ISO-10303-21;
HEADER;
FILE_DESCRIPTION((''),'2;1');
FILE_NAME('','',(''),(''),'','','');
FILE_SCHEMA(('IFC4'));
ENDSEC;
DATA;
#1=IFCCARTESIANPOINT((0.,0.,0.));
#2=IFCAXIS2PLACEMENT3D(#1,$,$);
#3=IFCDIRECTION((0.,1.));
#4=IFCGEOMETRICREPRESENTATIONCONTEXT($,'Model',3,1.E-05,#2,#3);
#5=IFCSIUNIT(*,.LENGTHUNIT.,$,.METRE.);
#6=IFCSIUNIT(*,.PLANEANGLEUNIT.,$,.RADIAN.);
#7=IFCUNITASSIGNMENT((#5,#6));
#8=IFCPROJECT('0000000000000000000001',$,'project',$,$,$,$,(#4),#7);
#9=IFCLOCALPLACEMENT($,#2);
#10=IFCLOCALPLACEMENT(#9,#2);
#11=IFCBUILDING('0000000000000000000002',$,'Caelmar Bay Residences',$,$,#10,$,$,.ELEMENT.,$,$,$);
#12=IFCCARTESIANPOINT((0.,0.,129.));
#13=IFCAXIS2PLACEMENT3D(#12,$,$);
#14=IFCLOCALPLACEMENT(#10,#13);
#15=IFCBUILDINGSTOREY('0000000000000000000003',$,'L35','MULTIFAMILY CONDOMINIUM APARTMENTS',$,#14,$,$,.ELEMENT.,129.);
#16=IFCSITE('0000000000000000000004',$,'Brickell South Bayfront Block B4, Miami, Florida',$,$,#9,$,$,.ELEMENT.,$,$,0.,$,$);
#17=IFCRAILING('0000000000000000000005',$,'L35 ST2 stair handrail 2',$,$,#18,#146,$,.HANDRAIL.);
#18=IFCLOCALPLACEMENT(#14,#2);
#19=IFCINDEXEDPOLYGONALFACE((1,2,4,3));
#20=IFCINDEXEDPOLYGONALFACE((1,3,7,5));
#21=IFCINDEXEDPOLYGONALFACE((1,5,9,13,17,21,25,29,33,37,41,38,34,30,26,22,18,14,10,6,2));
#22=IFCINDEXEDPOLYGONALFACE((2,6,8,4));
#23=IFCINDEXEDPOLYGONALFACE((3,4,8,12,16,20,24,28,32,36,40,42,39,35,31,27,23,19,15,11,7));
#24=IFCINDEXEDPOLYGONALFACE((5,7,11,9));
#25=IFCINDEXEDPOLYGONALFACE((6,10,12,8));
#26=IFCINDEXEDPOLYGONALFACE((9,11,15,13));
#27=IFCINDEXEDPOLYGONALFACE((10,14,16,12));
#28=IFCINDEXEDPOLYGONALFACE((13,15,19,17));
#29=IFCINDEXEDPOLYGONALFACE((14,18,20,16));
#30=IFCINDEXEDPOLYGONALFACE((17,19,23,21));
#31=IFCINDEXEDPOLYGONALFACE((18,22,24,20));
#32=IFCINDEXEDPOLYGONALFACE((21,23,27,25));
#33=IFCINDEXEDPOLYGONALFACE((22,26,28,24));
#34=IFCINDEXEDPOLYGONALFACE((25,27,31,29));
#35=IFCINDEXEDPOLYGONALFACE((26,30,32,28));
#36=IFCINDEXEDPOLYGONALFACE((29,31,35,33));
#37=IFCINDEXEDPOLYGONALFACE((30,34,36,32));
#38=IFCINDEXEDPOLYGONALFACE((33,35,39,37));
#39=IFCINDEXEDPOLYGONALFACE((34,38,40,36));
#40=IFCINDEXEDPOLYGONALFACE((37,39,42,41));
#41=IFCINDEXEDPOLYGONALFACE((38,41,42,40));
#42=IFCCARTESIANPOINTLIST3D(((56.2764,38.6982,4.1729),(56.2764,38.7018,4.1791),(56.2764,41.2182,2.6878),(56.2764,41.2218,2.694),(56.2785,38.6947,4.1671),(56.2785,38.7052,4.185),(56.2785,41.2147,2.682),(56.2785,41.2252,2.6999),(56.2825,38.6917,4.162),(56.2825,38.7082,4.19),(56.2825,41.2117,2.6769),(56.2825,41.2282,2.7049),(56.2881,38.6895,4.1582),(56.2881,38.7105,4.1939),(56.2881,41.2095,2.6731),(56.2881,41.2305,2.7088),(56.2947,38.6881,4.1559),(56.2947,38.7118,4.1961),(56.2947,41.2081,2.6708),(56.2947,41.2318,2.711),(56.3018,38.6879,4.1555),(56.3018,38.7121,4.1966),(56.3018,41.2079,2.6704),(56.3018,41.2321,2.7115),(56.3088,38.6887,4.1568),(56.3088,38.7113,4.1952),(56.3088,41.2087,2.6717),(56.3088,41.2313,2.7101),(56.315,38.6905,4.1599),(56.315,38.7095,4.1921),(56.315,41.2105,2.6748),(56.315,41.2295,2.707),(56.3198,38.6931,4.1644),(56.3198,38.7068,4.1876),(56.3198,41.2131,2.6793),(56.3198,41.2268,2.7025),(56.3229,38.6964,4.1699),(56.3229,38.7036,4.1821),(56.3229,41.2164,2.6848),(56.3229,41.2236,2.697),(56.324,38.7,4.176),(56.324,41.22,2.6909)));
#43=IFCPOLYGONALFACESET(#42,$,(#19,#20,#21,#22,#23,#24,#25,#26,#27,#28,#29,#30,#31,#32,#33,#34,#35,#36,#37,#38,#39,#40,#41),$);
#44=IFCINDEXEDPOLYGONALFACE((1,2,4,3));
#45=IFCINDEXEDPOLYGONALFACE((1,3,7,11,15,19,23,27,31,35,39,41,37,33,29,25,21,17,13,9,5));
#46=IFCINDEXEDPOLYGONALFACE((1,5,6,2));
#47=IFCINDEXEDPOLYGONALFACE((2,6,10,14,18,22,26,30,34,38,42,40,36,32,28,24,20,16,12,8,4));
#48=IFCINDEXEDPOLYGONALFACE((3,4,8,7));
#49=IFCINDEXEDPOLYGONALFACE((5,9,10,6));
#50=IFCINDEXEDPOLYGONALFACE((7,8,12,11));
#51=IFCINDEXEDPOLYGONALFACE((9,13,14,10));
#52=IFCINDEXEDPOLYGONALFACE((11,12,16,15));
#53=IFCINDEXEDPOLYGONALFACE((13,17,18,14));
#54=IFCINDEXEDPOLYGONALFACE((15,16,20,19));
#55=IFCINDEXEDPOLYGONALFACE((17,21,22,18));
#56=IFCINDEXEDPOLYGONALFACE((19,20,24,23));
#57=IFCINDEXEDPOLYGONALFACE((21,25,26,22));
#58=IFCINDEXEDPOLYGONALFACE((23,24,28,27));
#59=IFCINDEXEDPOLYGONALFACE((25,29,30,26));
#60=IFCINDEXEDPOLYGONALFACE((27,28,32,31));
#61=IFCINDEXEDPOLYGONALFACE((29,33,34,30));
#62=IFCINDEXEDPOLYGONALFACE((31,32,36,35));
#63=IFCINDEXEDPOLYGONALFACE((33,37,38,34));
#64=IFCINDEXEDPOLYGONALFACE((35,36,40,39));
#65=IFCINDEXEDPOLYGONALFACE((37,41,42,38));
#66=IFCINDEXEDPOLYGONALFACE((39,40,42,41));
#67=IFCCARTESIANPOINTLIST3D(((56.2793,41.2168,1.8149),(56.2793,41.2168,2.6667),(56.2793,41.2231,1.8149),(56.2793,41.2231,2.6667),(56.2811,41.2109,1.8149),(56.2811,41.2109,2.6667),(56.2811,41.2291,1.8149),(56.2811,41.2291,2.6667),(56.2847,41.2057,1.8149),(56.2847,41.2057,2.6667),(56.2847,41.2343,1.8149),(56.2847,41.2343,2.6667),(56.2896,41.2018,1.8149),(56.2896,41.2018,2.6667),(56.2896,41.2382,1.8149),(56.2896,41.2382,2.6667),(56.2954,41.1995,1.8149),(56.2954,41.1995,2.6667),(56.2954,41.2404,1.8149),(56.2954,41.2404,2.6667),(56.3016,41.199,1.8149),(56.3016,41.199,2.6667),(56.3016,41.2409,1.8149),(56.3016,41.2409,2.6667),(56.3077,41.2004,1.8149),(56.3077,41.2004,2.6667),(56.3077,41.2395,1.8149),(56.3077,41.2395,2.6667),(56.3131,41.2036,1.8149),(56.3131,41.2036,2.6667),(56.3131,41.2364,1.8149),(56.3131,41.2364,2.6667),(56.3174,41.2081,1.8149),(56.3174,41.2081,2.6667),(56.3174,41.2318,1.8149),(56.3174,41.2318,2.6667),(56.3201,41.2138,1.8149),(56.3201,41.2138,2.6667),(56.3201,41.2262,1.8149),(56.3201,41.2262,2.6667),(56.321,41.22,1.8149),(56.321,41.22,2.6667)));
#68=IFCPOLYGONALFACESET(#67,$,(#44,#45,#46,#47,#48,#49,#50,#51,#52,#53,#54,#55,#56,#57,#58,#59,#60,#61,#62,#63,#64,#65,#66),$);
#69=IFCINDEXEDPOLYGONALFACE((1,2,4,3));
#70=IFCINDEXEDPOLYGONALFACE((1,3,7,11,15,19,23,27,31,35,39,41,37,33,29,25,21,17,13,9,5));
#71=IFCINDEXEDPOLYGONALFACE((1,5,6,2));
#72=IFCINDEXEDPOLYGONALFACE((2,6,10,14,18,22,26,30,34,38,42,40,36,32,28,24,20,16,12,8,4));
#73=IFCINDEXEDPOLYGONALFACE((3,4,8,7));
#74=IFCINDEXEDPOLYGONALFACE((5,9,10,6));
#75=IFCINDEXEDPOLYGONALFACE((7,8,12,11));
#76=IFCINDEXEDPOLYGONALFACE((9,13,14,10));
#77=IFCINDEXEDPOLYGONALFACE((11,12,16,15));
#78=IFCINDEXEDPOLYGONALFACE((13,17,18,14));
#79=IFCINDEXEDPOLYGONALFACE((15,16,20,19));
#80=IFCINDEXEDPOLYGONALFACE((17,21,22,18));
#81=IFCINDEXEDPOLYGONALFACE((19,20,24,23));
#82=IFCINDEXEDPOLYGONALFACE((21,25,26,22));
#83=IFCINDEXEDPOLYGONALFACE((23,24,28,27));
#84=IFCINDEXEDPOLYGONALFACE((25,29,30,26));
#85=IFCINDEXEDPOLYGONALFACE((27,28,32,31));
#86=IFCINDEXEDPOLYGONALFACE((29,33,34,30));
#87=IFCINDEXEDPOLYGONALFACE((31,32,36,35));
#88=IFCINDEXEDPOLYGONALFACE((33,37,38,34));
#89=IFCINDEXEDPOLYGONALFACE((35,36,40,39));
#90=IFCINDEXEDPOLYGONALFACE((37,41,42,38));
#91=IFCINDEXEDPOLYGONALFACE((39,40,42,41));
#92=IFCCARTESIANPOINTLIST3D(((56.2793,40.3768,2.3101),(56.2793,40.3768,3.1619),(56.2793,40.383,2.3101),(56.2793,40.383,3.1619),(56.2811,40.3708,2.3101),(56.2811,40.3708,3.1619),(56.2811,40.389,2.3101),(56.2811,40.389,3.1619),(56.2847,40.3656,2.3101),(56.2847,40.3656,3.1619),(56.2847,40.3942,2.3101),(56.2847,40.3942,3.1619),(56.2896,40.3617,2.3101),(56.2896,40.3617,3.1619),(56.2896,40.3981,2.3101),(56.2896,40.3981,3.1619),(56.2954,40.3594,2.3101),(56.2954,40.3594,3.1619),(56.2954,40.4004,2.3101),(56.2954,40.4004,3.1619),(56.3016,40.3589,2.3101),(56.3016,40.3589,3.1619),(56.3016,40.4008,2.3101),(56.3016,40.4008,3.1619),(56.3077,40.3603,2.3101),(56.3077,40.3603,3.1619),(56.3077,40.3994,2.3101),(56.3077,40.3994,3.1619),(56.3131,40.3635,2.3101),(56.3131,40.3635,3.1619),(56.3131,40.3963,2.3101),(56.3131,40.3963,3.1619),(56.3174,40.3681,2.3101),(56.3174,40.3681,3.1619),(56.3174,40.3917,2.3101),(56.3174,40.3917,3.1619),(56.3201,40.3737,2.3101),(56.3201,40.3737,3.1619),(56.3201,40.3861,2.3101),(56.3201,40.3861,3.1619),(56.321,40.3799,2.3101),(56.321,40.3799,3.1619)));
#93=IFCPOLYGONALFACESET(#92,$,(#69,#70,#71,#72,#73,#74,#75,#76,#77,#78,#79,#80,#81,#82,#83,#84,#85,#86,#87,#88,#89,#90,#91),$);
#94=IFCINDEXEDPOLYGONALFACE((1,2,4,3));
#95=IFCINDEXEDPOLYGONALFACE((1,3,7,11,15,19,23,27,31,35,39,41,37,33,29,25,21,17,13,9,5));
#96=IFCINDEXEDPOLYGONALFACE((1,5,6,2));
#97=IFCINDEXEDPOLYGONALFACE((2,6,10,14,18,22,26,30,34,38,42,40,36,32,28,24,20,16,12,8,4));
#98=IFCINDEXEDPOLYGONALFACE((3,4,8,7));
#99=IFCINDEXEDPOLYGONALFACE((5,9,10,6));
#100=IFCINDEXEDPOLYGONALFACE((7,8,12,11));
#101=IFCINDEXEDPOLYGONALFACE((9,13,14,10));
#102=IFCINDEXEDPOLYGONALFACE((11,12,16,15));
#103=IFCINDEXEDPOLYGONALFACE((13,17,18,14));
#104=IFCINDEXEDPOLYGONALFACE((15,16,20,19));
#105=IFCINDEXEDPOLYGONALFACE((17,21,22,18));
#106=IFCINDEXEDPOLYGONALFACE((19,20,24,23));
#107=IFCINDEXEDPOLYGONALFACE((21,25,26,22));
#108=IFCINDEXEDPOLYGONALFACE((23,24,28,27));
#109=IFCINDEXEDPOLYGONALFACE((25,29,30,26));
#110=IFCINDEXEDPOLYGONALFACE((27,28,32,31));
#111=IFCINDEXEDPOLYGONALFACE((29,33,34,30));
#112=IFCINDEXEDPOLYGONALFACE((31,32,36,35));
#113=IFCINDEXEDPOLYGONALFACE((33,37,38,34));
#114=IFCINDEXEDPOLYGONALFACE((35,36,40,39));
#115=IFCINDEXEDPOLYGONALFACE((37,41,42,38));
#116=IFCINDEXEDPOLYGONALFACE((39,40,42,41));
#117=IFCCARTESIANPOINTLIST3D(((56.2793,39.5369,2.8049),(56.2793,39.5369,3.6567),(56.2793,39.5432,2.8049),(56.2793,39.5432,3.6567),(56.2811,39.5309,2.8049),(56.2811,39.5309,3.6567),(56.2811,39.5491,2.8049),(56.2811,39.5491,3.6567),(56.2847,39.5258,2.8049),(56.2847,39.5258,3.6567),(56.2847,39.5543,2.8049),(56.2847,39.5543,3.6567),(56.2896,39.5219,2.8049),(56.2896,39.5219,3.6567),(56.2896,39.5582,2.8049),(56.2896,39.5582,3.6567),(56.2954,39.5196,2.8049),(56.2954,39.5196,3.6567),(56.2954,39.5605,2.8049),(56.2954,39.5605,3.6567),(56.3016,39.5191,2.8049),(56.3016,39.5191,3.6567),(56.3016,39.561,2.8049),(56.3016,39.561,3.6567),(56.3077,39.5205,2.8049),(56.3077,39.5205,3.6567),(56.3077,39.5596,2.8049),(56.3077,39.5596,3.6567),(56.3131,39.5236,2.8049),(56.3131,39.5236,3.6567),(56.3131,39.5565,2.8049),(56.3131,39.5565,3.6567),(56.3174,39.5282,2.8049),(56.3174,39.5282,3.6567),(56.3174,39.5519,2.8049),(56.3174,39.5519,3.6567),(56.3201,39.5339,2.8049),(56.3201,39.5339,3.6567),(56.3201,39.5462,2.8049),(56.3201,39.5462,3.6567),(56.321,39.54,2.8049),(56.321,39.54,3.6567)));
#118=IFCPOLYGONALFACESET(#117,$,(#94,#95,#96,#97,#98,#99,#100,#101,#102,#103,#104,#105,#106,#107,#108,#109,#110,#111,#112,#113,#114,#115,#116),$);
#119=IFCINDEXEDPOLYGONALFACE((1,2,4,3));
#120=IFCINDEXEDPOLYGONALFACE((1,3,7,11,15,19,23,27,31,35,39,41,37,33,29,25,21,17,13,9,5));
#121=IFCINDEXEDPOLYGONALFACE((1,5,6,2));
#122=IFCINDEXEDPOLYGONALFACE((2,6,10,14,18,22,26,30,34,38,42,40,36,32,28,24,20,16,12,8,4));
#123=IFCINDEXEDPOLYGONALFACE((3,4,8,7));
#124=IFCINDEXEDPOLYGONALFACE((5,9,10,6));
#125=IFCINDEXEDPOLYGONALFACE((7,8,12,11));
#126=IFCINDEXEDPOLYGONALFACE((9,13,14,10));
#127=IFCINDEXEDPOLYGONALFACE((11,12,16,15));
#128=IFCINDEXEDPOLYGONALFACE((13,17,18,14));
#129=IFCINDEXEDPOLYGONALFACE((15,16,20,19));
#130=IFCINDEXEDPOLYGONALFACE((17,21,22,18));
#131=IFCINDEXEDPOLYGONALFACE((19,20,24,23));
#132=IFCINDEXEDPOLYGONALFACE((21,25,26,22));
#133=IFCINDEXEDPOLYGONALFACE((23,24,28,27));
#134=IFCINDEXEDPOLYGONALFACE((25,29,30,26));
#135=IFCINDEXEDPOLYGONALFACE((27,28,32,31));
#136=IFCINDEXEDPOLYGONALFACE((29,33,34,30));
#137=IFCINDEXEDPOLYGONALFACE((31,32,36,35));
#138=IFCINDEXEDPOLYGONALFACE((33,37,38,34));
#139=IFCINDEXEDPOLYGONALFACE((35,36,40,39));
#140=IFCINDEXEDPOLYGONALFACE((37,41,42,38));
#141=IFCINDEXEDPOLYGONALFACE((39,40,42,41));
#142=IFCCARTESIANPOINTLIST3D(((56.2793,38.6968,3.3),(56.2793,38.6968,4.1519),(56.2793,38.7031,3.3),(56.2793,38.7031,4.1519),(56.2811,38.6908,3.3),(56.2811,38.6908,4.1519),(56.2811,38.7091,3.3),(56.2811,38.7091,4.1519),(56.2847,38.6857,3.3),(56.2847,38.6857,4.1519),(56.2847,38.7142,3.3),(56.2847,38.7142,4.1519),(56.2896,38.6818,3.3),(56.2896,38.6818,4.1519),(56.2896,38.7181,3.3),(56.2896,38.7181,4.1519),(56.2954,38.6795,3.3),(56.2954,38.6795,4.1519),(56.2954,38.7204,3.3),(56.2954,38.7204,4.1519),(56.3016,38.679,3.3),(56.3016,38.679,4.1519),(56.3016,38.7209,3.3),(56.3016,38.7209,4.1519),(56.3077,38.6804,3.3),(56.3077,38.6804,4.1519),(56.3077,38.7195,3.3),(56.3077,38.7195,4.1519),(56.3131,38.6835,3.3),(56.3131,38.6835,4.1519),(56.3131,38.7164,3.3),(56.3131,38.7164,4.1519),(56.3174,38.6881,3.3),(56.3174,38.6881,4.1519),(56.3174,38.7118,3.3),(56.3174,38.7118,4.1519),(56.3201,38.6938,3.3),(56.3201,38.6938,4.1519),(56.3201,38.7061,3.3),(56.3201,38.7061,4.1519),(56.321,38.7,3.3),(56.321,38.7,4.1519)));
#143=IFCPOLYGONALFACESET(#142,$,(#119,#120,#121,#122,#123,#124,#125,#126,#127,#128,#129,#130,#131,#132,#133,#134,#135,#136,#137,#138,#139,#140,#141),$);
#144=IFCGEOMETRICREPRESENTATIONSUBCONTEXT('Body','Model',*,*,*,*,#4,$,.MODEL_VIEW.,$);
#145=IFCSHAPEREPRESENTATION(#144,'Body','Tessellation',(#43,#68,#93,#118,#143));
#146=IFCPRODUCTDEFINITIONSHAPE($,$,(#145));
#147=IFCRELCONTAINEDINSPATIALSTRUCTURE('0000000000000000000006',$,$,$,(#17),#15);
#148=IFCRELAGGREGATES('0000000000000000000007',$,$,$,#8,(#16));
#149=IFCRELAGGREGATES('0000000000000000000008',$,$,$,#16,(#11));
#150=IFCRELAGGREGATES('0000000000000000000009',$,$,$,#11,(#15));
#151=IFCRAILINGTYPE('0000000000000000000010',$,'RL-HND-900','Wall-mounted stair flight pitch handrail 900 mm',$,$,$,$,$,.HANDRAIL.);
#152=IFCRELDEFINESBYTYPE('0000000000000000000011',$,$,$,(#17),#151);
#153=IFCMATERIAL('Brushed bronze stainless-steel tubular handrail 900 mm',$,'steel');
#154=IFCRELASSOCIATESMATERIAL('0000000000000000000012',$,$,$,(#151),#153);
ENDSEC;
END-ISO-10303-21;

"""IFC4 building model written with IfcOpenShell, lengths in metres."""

from ifc_helpers import new_model, si_unit, direction, frame, origin, origin_2d, place, context, subcontext, project, spatial, circle, extrude, material, type_object, element, save


model = new_model("IFC4")

# Units and contexts
model_context = context("Model", 3, precision=1e-05, world=origin(), true_north=direction((0.0, 1.0)))
body_context = subcontext(model_context, "Body", "Model", "MODEL_VIEW")
ifc_project = project(units=[si_unit("LENGTHUNIT", "METRE"), si_unit("PLANEANGLEUNIT", "RADIAN")], contexts=[model_context])

# Site, building, storey
site_placement = place(None, origin())
site = spatial("IfcSite", under=ifc_project, at=site_placement, Name="Brickell South Bayfront Block B4, Miami, Florida", CompositionType="ELEMENT", RefElevation=0.0)
building_placement = place(site_placement, origin())
building = spatial("IfcBuilding", under=site, at=building_placement, Name="Caelmar Bay Residences", CompositionType="ELEMENT")
storey_placement = place(building_placement, frame((0.0, 0.0, 129.0)))
storey = spatial("IfcBuildingStorey", under=building, at=storey_placement, Name="L35", Description="MULTIFAMILY CONDOMINIUM APARTMENTS", CompositionType="ELEMENT", Elevation=129.0)

# Railing
ifc_material_1 = material(Name="Brushed bronze stainless-steel tubular handrail 900 mm", Category="steel")
railing_type_1 = type_object("IfcRailingType", Name="RL-HND-900", Description="Wall-mounted stair flight pitch handrail 900 mm", PredefinedType="HANDRAIL", material=ifc_material_1)
railing_1_placement = place(storey_placement, frame((56.3, 41.22, 1.8149)))
element("IfcRailing", 1, at=railing_1_placement, inside=storey, type_object=railing_type_1, Name="L35 ST2 stair handrail 2", PredefinedType="HANDRAIL", context=body_context, shape_type="SweptSolid", body=[
    extrude(circle(Radius=0.0239, at=origin_2d()), frame((0.0, 0.0, 0.876), z_axis=(0.0, -0.861524, 0.507717), x_axis=(1.0, 0.0, 0.0)), (0.0, 0.0, 1.0), 2.925),
    extrude(circle(Radius=0.021, at=origin_2d()), origin(), (0.0, 0.0, 1.0), 0.8518),
    extrude(circle(Radius=0.021, at=origin_2d()), frame((0.0, -0.8401, 0.4951)), (0.0, 0.0, 1.0), 0.8518),
    extrude(circle(Radius=0.021, at=origin_2d()), frame((0.0, -1.6799, 0.99)), (0.0, 0.0, 1.0), 0.8518),
    extrude(circle(Radius=0.021, at=origin_2d()), frame((0.0, -2.52, 1.4851)), (0.0, 0.0, 1.0), 0.8518),
])

save(model, "model.ifc")
